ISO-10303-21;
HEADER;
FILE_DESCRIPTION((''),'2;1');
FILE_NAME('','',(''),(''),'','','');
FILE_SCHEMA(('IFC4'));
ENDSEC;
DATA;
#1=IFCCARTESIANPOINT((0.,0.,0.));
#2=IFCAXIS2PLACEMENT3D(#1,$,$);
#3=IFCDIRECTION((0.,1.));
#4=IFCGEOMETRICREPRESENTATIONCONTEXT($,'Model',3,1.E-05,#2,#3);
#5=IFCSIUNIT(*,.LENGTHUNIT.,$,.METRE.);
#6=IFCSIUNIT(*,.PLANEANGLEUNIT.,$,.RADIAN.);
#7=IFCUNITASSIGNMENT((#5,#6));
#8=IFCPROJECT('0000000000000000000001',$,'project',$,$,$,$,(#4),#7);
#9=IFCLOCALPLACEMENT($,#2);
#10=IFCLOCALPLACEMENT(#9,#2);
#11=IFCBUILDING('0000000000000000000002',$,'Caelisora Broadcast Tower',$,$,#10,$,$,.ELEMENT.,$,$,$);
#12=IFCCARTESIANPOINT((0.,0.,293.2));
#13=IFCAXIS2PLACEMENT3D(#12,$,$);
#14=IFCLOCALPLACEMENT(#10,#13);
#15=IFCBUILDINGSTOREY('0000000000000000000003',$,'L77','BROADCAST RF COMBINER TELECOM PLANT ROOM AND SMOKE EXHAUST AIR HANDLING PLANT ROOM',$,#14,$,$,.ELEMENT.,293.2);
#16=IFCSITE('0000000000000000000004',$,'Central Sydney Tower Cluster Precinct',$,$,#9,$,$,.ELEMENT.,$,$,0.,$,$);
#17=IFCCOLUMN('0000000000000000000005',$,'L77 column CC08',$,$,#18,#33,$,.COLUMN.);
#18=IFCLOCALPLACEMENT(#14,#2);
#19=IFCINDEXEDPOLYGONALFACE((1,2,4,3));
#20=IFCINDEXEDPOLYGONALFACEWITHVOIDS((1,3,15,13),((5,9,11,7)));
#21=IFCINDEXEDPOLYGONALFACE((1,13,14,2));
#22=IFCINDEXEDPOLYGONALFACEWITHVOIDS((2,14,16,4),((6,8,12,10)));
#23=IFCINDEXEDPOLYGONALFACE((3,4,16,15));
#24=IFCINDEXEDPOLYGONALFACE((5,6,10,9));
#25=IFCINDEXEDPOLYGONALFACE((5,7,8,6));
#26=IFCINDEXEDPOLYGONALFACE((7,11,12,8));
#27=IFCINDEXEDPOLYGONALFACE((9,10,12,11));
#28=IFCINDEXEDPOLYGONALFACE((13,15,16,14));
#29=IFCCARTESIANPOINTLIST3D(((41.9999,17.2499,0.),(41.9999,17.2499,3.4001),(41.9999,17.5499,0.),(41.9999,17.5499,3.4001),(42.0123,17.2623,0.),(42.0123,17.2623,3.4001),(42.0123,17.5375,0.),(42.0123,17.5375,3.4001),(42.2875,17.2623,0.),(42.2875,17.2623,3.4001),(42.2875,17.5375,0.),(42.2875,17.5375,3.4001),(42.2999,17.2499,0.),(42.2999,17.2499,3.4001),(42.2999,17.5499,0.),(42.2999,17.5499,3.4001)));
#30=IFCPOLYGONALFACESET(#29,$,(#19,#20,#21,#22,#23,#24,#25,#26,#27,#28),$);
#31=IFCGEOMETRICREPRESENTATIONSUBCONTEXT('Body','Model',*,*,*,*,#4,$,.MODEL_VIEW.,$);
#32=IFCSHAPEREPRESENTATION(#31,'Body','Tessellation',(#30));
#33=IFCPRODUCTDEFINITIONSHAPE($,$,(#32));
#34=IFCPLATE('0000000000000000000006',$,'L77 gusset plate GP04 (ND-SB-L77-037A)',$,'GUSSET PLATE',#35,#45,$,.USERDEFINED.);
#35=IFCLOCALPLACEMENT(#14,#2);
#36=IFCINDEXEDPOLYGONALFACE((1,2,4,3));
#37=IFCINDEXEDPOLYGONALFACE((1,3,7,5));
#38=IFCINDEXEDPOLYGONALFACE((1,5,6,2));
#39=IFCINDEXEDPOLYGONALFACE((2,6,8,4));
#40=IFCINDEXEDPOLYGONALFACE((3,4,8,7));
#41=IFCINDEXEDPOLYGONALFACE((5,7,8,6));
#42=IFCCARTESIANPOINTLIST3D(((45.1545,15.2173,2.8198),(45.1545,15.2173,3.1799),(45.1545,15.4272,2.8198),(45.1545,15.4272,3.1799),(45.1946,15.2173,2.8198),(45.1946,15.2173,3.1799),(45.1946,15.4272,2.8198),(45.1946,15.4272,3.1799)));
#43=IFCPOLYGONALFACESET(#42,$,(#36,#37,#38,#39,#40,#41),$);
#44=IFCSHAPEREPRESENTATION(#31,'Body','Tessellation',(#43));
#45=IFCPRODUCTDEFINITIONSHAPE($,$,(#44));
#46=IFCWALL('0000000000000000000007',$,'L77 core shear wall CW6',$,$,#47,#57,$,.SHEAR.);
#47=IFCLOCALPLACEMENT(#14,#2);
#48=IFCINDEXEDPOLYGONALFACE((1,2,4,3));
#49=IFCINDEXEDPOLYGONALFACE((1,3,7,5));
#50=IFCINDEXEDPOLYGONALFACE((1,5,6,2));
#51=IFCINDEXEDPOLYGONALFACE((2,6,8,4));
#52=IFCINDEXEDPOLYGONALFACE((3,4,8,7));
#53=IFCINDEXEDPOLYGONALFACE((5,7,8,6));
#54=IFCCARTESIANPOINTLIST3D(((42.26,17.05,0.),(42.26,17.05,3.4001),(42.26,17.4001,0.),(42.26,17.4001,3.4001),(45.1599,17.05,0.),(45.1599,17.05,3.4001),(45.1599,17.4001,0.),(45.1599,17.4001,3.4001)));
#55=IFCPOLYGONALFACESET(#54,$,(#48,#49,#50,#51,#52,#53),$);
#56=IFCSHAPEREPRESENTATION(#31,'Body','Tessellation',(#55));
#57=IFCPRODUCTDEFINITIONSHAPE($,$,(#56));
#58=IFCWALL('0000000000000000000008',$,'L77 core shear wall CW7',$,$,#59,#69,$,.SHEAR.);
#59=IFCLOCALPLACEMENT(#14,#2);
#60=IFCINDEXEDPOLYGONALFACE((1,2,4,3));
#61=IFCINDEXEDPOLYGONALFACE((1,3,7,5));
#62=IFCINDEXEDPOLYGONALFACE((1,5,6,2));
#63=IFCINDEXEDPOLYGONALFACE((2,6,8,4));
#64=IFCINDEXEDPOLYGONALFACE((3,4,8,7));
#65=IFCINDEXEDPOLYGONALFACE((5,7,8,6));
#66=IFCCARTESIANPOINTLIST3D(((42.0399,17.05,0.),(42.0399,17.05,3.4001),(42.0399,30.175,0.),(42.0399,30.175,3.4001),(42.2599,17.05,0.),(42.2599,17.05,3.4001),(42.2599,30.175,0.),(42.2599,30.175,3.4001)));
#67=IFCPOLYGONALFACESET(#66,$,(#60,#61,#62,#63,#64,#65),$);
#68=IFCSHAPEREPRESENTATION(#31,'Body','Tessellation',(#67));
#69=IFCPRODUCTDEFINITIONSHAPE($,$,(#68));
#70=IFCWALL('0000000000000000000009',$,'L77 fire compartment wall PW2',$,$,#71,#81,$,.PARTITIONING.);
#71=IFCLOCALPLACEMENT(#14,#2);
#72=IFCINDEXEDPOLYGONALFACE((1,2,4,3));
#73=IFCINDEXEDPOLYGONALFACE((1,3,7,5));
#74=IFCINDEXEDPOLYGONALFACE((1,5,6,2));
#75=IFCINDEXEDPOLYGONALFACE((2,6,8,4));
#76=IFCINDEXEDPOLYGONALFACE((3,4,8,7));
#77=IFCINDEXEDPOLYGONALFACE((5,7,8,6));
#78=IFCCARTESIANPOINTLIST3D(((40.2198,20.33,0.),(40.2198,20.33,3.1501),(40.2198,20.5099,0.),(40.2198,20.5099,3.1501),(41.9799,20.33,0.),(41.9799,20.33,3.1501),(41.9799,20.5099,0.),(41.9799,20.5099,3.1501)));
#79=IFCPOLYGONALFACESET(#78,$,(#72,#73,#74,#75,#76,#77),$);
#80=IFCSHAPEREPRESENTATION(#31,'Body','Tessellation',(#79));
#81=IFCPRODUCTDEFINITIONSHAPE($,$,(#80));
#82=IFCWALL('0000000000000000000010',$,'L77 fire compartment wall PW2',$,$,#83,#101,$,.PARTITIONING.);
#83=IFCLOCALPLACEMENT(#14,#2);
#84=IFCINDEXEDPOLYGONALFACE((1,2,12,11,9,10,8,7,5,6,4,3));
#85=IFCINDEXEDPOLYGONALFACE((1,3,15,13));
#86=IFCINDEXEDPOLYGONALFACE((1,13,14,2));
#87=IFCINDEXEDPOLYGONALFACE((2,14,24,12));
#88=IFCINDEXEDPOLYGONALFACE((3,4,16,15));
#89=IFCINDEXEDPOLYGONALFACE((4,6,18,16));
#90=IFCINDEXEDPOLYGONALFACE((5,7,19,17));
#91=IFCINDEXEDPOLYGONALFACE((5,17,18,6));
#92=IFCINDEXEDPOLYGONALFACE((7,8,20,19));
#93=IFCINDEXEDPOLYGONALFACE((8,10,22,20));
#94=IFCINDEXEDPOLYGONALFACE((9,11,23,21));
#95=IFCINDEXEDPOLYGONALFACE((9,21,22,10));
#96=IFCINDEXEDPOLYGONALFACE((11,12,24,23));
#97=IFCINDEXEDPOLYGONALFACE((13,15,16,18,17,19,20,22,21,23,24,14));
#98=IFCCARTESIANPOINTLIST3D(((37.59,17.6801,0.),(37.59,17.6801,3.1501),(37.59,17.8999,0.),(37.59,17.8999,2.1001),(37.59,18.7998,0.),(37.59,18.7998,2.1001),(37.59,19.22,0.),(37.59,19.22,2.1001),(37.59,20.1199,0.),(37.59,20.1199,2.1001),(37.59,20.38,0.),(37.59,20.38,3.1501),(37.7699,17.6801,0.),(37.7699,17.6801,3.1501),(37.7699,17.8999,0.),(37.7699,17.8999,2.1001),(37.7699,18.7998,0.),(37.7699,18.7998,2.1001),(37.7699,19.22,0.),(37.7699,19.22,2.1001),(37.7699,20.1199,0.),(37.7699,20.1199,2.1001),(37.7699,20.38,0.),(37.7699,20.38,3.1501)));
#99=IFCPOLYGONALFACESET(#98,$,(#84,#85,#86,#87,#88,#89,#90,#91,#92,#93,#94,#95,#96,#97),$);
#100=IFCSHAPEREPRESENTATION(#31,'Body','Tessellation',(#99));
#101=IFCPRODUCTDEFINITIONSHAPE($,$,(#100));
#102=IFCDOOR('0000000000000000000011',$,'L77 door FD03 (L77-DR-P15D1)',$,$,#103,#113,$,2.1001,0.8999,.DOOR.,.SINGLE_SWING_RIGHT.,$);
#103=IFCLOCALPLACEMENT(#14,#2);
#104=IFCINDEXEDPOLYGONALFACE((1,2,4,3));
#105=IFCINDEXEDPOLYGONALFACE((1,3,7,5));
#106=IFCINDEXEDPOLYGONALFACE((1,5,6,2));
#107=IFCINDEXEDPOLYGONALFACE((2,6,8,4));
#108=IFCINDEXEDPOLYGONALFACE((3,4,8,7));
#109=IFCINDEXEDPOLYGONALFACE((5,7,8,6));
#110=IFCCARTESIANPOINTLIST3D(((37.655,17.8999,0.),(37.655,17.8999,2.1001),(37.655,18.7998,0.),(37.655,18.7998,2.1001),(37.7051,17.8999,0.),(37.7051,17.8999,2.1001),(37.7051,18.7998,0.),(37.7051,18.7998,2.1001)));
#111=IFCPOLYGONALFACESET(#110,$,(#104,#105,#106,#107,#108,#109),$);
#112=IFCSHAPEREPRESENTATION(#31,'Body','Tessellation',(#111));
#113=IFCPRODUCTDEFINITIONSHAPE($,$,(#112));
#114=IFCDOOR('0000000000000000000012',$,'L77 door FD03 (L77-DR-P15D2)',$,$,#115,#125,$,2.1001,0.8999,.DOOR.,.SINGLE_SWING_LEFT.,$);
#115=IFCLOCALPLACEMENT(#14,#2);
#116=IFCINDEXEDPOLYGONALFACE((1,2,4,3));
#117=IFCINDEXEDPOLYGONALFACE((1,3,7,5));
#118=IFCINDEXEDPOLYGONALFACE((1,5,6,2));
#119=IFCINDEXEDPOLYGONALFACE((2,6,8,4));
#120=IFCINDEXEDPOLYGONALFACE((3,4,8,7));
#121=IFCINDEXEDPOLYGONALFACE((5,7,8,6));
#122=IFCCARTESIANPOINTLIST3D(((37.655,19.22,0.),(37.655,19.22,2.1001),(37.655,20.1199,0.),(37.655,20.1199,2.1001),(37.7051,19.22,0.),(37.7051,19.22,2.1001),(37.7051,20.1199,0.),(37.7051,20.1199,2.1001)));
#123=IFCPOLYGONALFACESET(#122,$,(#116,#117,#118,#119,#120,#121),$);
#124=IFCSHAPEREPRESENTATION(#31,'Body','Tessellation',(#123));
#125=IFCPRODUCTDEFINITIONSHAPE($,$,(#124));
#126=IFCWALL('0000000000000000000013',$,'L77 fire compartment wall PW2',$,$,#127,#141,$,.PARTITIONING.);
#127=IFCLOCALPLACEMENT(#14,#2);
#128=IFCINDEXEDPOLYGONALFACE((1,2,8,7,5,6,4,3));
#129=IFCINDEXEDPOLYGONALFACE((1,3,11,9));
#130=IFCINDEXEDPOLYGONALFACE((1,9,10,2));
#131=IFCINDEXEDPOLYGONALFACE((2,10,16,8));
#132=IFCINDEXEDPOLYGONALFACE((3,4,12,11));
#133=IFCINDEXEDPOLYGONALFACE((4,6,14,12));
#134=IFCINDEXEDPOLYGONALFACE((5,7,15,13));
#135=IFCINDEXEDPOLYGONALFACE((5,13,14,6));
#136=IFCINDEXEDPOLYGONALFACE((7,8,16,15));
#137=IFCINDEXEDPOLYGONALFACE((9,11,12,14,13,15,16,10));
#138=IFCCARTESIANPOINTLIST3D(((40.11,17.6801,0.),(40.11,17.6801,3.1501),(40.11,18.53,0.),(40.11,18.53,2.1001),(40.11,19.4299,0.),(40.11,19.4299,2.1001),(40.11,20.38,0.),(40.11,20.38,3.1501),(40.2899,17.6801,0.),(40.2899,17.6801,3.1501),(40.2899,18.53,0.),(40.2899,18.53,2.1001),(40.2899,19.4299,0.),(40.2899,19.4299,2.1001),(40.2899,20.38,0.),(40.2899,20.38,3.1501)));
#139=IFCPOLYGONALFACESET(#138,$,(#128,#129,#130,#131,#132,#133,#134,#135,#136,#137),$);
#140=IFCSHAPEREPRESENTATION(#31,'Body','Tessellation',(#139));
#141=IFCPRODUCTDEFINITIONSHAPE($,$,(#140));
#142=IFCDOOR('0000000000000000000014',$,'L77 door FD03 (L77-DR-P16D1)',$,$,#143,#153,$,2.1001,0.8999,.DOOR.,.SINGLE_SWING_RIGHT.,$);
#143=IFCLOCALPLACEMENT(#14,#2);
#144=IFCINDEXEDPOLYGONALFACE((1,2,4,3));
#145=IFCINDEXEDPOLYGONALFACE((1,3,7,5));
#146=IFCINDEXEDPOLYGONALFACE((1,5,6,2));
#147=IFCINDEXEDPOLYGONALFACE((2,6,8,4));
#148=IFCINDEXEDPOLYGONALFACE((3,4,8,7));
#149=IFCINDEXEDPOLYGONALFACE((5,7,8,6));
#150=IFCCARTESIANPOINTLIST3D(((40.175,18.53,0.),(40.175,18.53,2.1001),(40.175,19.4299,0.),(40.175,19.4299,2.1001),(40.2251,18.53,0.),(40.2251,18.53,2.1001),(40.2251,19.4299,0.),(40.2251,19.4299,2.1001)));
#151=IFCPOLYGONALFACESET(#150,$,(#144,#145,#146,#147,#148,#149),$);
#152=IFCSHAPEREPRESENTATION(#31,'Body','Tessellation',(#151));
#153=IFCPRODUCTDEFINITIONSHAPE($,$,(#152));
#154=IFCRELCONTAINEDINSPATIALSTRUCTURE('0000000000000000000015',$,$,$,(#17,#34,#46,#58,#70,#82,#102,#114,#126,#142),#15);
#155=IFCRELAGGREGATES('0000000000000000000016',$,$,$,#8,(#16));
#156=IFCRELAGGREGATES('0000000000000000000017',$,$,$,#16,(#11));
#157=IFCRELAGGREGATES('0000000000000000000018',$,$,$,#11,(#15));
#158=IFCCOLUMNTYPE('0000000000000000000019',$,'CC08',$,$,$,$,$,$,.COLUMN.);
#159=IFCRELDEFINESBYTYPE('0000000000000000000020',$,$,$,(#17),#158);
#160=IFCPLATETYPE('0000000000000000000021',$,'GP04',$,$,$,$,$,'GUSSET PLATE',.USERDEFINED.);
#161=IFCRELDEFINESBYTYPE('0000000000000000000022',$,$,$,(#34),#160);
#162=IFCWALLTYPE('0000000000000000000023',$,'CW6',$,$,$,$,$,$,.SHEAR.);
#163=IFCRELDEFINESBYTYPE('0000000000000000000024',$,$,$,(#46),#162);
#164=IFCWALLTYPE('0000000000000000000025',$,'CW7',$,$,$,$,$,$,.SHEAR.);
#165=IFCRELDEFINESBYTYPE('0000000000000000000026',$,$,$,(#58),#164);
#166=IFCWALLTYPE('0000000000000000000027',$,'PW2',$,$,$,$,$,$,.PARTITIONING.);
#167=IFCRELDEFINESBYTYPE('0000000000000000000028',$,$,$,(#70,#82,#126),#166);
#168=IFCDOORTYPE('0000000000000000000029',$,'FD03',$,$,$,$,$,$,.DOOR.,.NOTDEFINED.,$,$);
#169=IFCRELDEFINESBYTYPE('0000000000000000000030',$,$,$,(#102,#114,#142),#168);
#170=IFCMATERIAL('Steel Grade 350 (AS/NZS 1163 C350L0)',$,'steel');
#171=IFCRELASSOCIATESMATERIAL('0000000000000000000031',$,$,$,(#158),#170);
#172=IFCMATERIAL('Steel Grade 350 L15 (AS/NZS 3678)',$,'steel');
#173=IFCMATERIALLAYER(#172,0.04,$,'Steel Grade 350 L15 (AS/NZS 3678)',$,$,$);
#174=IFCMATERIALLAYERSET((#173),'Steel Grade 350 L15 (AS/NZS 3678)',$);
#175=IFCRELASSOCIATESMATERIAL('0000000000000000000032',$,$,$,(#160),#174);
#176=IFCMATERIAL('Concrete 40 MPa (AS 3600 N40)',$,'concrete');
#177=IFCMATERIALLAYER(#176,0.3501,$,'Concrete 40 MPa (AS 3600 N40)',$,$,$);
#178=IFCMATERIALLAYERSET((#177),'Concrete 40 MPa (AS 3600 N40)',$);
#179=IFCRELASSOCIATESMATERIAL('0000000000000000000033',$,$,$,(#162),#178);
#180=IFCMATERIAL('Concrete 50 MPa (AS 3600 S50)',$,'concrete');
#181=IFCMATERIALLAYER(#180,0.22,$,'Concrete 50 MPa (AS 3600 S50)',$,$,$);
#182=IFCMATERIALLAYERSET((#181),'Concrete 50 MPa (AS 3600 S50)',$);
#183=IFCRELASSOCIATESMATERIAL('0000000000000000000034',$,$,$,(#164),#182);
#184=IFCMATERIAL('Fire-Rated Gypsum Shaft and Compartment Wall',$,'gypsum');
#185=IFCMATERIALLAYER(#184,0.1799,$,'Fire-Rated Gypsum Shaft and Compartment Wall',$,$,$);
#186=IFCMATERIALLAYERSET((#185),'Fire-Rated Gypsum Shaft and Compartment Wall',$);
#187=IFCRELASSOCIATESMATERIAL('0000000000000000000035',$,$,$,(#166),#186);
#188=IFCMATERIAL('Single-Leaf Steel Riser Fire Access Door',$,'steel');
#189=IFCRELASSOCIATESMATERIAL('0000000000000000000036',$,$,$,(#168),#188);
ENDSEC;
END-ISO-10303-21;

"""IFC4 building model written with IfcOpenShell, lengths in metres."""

from ifc_helpers import new_model, si_unit, direction, frame, frame_2d, origin, origin_2d, place, context, subcontext, project, spatial, rectangle, hollow_rectangle, extrude, source, transform, mapped, material, layer, layer_set, material_profile, profile_set, type_object, type_shapes, element, fill, save


model = new_model("IFC4")

# Units and contexts
model_context = context("Model", 3, precision=1e-05, world=origin(), true_north=direction((0.0, 1.0)))
body_context = subcontext(model_context, "Body", "Model", "MODEL_VIEW")
ifc_project = project(units=[si_unit("LENGTHUNIT", "METRE"), si_unit("PLANEANGLEUNIT", "RADIAN")], contexts=[model_context])

# Site, building, storey
site_placement = place(None, origin())
site = spatial("IfcSite", under=ifc_project, at=site_placement, Name="Central Sydney Tower Cluster Precinct", CompositionType="ELEMENT", RefElevation=0.0)
building_placement = place(site_placement, origin())
building = spatial("IfcBuilding", under=site, at=building_placement, Name="Caelisora Broadcast Tower", CompositionType="ELEMENT")
storey_placement = place(building_placement, frame((0.0, 0.0, 293.2)))
storey = spatial("IfcBuildingStorey", under=building, at=storey_placement, Name="L77", Description="BROADCAST RF COMBINER TELECOM PLANT ROOM AND SMOKE EXHAUST AIR HANDLING PLANT ROOM", CompositionType="ELEMENT", Elevation=293.2)

# Column
ifc_material_1 = material(Name="Steel Grade 350 (AS/NZS 1163 C350L0)", Category="steel")
ifc_material_profile = material_profile(ifc_material_1, hollow_rectangle(XDim=0.3, YDim=0.3, WallThickness=0.0125, at=origin_2d()), Name="Steel Grade 350 (AS/NZS 1163 C350L0)")
ifc_profile_set = profile_set([ifc_material_profile], Name="Steel Grade 350 (AS/NZS 1163 C350L0)")
column_type = type_object("IfcColumnType", Name="CC08", PredefinedType="COLUMN", material=ifc_profile_set)
shared_shape_1 = source(origin(), body_context, "Body", "SweptSolid", [
    extrude(hollow_rectangle(XDim=0.3, YDim=0.3, WallThickness=0.0125, at=origin_2d()), origin(), (0.0, 0.0, 1.0), 3.4001),
])
type_shapes(column_type, [shared_shape_1])
column_placement = place(storey_placement, frame((42.1499, 17.3999, 0.0), z_axis=(0.0, 0.0, 1.0), x_axis=(1.0, 0.0, 0.0)))
element("IfcColumn", 1, at=column_placement, inside=storey, type_object=column_type, Name="L77 column CC08", PredefinedType="COLUMN", context=body_context, shape_type="MappedRepresentation", body=[
    mapped(shared_shape_1, transform((0.0, 0.0, 0.0), scale=1.0)),
])

# Plate
ifc_material_2 = material(Name="Steel Grade 350 L15 (AS/NZS 3678)", Category="steel")
ifc_layer_1 = layer(ifc_material_2, 0.04, Name="Steel Grade 350 L15 (AS/NZS 3678)")
ifc_layer_set_1 = layer_set([ifc_layer_1], Name="Steel Grade 350 L15 (AS/NZS 3678)")
plate_type = type_object("IfcPlateType", Name="GP04", ElementType="GUSSET PLATE", PredefinedType="USERDEFINED", material=ifc_layer_set_1)
shared_shape_2 = source(origin(), body_context, "Body", "SweptSolid", [
    extrude(rectangle(XDim=0.21, YDim=0.04, at=origin_2d()), origin(), (0.0, 0.0, 1.0), 0.3601),
])
type_shapes(plate_type, [shared_shape_2])
plate_placement = place(storey_placement, frame((45.1746, 15.3223, 2.8198), z_axis=(0.0, 0.0, 1.0), x_axis=(0.0, 1.0, 0.0)))
element("IfcPlate", 2, at=plate_placement, inside=storey, type_object=plate_type, Name="L77 gusset plate GP04 (ND-SB-L77-037A)", ObjectType="GUSSET PLATE", PredefinedType="USERDEFINED", context=body_context, shape_type="MappedRepresentation", body=[
    mapped(shared_shape_2, transform((0.0, 0.0, 0.0), scale=1.0)),
])

# Walls
ifc_material_3 = material(Name="Concrete 40 MPa (AS 3600 N40)", Category="concrete")
ifc_layer_2 = layer(ifc_material_3, 0.3501, Name="Concrete 40 MPa (AS 3600 N40)")
ifc_layer_set_2 = layer_set([ifc_layer_2], Name="Concrete 40 MPa (AS 3600 N40)")
wall_type_1 = type_object("IfcWallType", Name="CW6", PredefinedType="SHEAR", material=ifc_layer_set_2)
wall_1_placement = place(storey_placement, frame((42.26, 17.2251, 0.0), z_axis=(0.0, 0.0, 1.0), x_axis=(1.0, 0.0, 0.0)))
element("IfcWall", 3, at=wall_1_placement, inside=storey, type_object=wall_type_1, Name="L77 core shear wall CW6", PredefinedType="SHEAR", context=body_context, shape_type="SweptSolid", body=[
    extrude(rectangle(XDim=2.8999, YDim=0.3501, at=frame_2d((1.45, 0.0))), origin(), (0.0, 0.0, 1.0), 3.4001),
])
ifc_material_4 = material(Name="Concrete 50 MPa (AS 3600 S50)", Category="concrete")
ifc_layer_3 = layer(ifc_material_4, 0.22, Name="Concrete 50 MPa (AS 3600 S50)")
ifc_layer_set_3 = layer_set([ifc_layer_3], Name="Concrete 50 MPa (AS 3600 S50)")
wall_type_2 = type_object("IfcWallType", Name="CW7", PredefinedType="SHEAR", material=ifc_layer_set_3)
wall_2_placement = place(storey_placement, frame((42.1499, 17.05, 0.0), z_axis=(0.0, 0.0, 1.0), x_axis=(0.0, 1.0, 0.0)))
element("IfcWall", 4, at=wall_2_placement, inside=storey, type_object=wall_type_2, Name="L77 core shear wall CW7", PredefinedType="SHEAR", context=body_context, shape_type="SweptSolid", body=[
    extrude(rectangle(XDim=13.125, YDim=0.22, at=frame_2d((6.5625, 0.0))), origin(), (0.0, 0.0, 1.0), 3.4001),
])
ifc_material_5 = material(Name="Fire-Rated Gypsum Shaft and Compartment Wall", Category="gypsum")
ifc_layer_4 = layer(ifc_material_5, 0.1799, Name="Fire-Rated Gypsum Shaft and Compartment Wall")
ifc_layer_set_4 = layer_set([ifc_layer_4], Name="Fire-Rated Gypsum Shaft and Compartment Wall")
wall_type_3 = type_object("IfcWallType", Name="PW2", PredefinedType="PARTITIONING", material=ifc_layer_set_4)
wall_3_placement = place(storey_placement, frame((40.22, 20.4199, 0.0), z_axis=(0.0, 0.0, 1.0), x_axis=(1.0, 0.0, 0.0)))
element("IfcWall", 5, at=wall_3_placement, inside=storey, type_object=wall_type_3, Name="L77 fire compartment wall PW2", PredefinedType="PARTITIONING", context=body_context, shape_type="SweptSolid", body=[
    extrude(rectangle(XDim=1.76, YDim=0.1799, at=frame_2d((0.8799, 0.0))), origin(), (0.0, 0.0, 1.0), 3.1501),
])

# Wall, openings, doors
wall_4_placement = place(storey_placement, frame((37.6799, 17.6799, 0.0), z_axis=(0.0, 0.0, 1.0), x_axis=(0.0, 1.0, 0.0)))
wall_4 = element("IfcWall", 6, at=wall_4_placement, inside=storey, type_object=wall_type_3, Name="L77 fire compartment wall PW2", PredefinedType="PARTITIONING", context=body_context, shape_type="SweptSolid", body=[
    extrude(rectangle(XDim=2.7, YDim=0.1799, at=frame_2d((1.3501, 0.0))), origin(), (0.0, 0.0, 1.0), 3.1501),
])
opening_1_placement = place(wall_4_placement, frame((0.22, 0.0, 0.0)))
opening_1 = element("IfcOpeningElement", 7, at=opening_1_placement, cuts=wall_4, PredefinedType="OPENING", context=body_context, shape_type="SweptSolid", body=[
    extrude(rectangle(XDim=0.8999, YDim=2.1001, at=frame_2d((0.45, 1.05))), frame((0.0, 0.1021, 0.0), z_axis=(0.0, -1.0, 0.0), x_axis=(1.0, 0.0, 0.0)), (0.0, 0.0, 1.0), 0.2039),
])
opening_2_placement = place(wall_4_placement, frame((1.54, 0.0, 0.0)))
opening_2 = element("IfcOpeningElement", 8, at=opening_2_placement, cuts=wall_4, PredefinedType="OPENING", context=body_context, shape_type="SweptSolid", body=[
    extrude(rectangle(XDim=0.8999, YDim=2.1001, at=frame_2d((0.45, 1.05))), frame((0.0, 0.1021, 0.0), z_axis=(0.0, -1.0, 0.0), x_axis=(1.0, 0.0, 0.0)), (0.0, 0.0, 1.0), 0.2039),
])
ifc_material_6 = material(Name="Single-Leaf Steel Riser Fire Access Door", Category="steel")
door_type_1 = type_object("IfcDoorType", Name="FD03", OperationType="NOTDEFINED", PredefinedType="DOOR", material=ifc_material_6)
door_1_placement = place(opening_1_placement, origin())
door_1 = element("IfcDoor", 9, at=door_1_placement, inside=storey, type_object=door_type_1, Name="L77 door FD03 (L77-DR-P15D1)", OperationType="SINGLE_SWING_RIGHT", OverallHeight=2.1001, OverallWidth=0.8999, PredefinedType="DOOR", context=body_context, shape_type="SweptSolid", body=[
    extrude(rectangle(XDim=0.8999, YDim=2.1001, at=frame_2d((0.45, 1.05))), frame((0.0, 0.0249, 0.0), z_axis=(0.0, -1.0, 0.0), x_axis=(1.0, 0.0, 0.0)), (0.0, 0.0, 1.0), 0.05),
])
fill(opening_1, door_1)
door_2_placement = place(opening_2_placement, origin())
door_2 = element("IfcDoor", 10, at=door_2_placement, inside=storey, type_object=door_type_1, Name="L77 door FD03 (L77-DR-P15D2)", OperationType="SINGLE_SWING_LEFT", OverallHeight=2.1001, OverallWidth=0.8999, PredefinedType="DOOR", context=body_context, shape_type="SweptSolid", body=[
    extrude(rectangle(XDim=0.8999, YDim=2.1001, at=frame_2d((0.45, 1.05))), frame((0.0, 0.0249, 0.0), z_axis=(0.0, -1.0, 0.0), x_axis=(1.0, 0.0, 0.0)), (0.0, 0.0, 1.0), 0.05),
])
fill(opening_2, door_2)

# Wall, opening, door
wall_5_placement = place(storey_placement, frame((40.2, 17.6799, 0.0), z_axis=(0.0, 0.0, 1.0), x_axis=(0.0, 1.0, 0.0)))
wall_5 = element("IfcWall", 11, at=wall_5_placement, inside=storey, type_object=wall_type_3, Name="L77 fire compartment wall PW2", PredefinedType="PARTITIONING", context=body_context, shape_type="SweptSolid", body=[
    extrude(rectangle(XDim=2.7, YDim=0.1799, at=frame_2d((1.3501, 0.0))), origin(), (0.0, 0.0, 1.0), 3.1501),
])
opening_3_placement = place(wall_5_placement, frame((0.8501, 0.0, 0.0)))
opening_3 = element("IfcOpeningElement", 12, at=opening_3_placement, cuts=wall_5, PredefinedType="OPENING", context=body_context, shape_type="SweptSolid", body=[
    extrude(rectangle(XDim=0.8999, YDim=2.1001, at=frame_2d((0.45, 1.05))), frame((0.0, 0.1021, 0.0), z_axis=(0.0, -1.0, 0.0), x_axis=(1.0, 0.0, 0.0)), (0.0, 0.0, 1.0), 0.2039),
])
door_3_placement = place(opening_3_placement, origin())
door_3 = element("IfcDoor", 13, at=door_3_placement, inside=storey, type_object=door_type_1, Name="L77 door FD03 (L77-DR-P16D1)", OperationType="SINGLE_SWING_RIGHT", OverallHeight=2.1001, OverallWidth=0.8999, PredefinedType="DOOR", context=body_context, shape_type="SweptSolid", body=[
    extrude(rectangle(XDim=0.8999, YDim=2.1001, at=frame_2d((0.45, 1.05))), frame((0.0, 0.0249, 0.0), z_axis=(0.0, -1.0, 0.0), x_axis=(1.0, 0.0, 0.0)), (0.0, 0.0, 1.0), 0.05),
])
fill(opening_3, door_3)

save(model, "model.ifc")
